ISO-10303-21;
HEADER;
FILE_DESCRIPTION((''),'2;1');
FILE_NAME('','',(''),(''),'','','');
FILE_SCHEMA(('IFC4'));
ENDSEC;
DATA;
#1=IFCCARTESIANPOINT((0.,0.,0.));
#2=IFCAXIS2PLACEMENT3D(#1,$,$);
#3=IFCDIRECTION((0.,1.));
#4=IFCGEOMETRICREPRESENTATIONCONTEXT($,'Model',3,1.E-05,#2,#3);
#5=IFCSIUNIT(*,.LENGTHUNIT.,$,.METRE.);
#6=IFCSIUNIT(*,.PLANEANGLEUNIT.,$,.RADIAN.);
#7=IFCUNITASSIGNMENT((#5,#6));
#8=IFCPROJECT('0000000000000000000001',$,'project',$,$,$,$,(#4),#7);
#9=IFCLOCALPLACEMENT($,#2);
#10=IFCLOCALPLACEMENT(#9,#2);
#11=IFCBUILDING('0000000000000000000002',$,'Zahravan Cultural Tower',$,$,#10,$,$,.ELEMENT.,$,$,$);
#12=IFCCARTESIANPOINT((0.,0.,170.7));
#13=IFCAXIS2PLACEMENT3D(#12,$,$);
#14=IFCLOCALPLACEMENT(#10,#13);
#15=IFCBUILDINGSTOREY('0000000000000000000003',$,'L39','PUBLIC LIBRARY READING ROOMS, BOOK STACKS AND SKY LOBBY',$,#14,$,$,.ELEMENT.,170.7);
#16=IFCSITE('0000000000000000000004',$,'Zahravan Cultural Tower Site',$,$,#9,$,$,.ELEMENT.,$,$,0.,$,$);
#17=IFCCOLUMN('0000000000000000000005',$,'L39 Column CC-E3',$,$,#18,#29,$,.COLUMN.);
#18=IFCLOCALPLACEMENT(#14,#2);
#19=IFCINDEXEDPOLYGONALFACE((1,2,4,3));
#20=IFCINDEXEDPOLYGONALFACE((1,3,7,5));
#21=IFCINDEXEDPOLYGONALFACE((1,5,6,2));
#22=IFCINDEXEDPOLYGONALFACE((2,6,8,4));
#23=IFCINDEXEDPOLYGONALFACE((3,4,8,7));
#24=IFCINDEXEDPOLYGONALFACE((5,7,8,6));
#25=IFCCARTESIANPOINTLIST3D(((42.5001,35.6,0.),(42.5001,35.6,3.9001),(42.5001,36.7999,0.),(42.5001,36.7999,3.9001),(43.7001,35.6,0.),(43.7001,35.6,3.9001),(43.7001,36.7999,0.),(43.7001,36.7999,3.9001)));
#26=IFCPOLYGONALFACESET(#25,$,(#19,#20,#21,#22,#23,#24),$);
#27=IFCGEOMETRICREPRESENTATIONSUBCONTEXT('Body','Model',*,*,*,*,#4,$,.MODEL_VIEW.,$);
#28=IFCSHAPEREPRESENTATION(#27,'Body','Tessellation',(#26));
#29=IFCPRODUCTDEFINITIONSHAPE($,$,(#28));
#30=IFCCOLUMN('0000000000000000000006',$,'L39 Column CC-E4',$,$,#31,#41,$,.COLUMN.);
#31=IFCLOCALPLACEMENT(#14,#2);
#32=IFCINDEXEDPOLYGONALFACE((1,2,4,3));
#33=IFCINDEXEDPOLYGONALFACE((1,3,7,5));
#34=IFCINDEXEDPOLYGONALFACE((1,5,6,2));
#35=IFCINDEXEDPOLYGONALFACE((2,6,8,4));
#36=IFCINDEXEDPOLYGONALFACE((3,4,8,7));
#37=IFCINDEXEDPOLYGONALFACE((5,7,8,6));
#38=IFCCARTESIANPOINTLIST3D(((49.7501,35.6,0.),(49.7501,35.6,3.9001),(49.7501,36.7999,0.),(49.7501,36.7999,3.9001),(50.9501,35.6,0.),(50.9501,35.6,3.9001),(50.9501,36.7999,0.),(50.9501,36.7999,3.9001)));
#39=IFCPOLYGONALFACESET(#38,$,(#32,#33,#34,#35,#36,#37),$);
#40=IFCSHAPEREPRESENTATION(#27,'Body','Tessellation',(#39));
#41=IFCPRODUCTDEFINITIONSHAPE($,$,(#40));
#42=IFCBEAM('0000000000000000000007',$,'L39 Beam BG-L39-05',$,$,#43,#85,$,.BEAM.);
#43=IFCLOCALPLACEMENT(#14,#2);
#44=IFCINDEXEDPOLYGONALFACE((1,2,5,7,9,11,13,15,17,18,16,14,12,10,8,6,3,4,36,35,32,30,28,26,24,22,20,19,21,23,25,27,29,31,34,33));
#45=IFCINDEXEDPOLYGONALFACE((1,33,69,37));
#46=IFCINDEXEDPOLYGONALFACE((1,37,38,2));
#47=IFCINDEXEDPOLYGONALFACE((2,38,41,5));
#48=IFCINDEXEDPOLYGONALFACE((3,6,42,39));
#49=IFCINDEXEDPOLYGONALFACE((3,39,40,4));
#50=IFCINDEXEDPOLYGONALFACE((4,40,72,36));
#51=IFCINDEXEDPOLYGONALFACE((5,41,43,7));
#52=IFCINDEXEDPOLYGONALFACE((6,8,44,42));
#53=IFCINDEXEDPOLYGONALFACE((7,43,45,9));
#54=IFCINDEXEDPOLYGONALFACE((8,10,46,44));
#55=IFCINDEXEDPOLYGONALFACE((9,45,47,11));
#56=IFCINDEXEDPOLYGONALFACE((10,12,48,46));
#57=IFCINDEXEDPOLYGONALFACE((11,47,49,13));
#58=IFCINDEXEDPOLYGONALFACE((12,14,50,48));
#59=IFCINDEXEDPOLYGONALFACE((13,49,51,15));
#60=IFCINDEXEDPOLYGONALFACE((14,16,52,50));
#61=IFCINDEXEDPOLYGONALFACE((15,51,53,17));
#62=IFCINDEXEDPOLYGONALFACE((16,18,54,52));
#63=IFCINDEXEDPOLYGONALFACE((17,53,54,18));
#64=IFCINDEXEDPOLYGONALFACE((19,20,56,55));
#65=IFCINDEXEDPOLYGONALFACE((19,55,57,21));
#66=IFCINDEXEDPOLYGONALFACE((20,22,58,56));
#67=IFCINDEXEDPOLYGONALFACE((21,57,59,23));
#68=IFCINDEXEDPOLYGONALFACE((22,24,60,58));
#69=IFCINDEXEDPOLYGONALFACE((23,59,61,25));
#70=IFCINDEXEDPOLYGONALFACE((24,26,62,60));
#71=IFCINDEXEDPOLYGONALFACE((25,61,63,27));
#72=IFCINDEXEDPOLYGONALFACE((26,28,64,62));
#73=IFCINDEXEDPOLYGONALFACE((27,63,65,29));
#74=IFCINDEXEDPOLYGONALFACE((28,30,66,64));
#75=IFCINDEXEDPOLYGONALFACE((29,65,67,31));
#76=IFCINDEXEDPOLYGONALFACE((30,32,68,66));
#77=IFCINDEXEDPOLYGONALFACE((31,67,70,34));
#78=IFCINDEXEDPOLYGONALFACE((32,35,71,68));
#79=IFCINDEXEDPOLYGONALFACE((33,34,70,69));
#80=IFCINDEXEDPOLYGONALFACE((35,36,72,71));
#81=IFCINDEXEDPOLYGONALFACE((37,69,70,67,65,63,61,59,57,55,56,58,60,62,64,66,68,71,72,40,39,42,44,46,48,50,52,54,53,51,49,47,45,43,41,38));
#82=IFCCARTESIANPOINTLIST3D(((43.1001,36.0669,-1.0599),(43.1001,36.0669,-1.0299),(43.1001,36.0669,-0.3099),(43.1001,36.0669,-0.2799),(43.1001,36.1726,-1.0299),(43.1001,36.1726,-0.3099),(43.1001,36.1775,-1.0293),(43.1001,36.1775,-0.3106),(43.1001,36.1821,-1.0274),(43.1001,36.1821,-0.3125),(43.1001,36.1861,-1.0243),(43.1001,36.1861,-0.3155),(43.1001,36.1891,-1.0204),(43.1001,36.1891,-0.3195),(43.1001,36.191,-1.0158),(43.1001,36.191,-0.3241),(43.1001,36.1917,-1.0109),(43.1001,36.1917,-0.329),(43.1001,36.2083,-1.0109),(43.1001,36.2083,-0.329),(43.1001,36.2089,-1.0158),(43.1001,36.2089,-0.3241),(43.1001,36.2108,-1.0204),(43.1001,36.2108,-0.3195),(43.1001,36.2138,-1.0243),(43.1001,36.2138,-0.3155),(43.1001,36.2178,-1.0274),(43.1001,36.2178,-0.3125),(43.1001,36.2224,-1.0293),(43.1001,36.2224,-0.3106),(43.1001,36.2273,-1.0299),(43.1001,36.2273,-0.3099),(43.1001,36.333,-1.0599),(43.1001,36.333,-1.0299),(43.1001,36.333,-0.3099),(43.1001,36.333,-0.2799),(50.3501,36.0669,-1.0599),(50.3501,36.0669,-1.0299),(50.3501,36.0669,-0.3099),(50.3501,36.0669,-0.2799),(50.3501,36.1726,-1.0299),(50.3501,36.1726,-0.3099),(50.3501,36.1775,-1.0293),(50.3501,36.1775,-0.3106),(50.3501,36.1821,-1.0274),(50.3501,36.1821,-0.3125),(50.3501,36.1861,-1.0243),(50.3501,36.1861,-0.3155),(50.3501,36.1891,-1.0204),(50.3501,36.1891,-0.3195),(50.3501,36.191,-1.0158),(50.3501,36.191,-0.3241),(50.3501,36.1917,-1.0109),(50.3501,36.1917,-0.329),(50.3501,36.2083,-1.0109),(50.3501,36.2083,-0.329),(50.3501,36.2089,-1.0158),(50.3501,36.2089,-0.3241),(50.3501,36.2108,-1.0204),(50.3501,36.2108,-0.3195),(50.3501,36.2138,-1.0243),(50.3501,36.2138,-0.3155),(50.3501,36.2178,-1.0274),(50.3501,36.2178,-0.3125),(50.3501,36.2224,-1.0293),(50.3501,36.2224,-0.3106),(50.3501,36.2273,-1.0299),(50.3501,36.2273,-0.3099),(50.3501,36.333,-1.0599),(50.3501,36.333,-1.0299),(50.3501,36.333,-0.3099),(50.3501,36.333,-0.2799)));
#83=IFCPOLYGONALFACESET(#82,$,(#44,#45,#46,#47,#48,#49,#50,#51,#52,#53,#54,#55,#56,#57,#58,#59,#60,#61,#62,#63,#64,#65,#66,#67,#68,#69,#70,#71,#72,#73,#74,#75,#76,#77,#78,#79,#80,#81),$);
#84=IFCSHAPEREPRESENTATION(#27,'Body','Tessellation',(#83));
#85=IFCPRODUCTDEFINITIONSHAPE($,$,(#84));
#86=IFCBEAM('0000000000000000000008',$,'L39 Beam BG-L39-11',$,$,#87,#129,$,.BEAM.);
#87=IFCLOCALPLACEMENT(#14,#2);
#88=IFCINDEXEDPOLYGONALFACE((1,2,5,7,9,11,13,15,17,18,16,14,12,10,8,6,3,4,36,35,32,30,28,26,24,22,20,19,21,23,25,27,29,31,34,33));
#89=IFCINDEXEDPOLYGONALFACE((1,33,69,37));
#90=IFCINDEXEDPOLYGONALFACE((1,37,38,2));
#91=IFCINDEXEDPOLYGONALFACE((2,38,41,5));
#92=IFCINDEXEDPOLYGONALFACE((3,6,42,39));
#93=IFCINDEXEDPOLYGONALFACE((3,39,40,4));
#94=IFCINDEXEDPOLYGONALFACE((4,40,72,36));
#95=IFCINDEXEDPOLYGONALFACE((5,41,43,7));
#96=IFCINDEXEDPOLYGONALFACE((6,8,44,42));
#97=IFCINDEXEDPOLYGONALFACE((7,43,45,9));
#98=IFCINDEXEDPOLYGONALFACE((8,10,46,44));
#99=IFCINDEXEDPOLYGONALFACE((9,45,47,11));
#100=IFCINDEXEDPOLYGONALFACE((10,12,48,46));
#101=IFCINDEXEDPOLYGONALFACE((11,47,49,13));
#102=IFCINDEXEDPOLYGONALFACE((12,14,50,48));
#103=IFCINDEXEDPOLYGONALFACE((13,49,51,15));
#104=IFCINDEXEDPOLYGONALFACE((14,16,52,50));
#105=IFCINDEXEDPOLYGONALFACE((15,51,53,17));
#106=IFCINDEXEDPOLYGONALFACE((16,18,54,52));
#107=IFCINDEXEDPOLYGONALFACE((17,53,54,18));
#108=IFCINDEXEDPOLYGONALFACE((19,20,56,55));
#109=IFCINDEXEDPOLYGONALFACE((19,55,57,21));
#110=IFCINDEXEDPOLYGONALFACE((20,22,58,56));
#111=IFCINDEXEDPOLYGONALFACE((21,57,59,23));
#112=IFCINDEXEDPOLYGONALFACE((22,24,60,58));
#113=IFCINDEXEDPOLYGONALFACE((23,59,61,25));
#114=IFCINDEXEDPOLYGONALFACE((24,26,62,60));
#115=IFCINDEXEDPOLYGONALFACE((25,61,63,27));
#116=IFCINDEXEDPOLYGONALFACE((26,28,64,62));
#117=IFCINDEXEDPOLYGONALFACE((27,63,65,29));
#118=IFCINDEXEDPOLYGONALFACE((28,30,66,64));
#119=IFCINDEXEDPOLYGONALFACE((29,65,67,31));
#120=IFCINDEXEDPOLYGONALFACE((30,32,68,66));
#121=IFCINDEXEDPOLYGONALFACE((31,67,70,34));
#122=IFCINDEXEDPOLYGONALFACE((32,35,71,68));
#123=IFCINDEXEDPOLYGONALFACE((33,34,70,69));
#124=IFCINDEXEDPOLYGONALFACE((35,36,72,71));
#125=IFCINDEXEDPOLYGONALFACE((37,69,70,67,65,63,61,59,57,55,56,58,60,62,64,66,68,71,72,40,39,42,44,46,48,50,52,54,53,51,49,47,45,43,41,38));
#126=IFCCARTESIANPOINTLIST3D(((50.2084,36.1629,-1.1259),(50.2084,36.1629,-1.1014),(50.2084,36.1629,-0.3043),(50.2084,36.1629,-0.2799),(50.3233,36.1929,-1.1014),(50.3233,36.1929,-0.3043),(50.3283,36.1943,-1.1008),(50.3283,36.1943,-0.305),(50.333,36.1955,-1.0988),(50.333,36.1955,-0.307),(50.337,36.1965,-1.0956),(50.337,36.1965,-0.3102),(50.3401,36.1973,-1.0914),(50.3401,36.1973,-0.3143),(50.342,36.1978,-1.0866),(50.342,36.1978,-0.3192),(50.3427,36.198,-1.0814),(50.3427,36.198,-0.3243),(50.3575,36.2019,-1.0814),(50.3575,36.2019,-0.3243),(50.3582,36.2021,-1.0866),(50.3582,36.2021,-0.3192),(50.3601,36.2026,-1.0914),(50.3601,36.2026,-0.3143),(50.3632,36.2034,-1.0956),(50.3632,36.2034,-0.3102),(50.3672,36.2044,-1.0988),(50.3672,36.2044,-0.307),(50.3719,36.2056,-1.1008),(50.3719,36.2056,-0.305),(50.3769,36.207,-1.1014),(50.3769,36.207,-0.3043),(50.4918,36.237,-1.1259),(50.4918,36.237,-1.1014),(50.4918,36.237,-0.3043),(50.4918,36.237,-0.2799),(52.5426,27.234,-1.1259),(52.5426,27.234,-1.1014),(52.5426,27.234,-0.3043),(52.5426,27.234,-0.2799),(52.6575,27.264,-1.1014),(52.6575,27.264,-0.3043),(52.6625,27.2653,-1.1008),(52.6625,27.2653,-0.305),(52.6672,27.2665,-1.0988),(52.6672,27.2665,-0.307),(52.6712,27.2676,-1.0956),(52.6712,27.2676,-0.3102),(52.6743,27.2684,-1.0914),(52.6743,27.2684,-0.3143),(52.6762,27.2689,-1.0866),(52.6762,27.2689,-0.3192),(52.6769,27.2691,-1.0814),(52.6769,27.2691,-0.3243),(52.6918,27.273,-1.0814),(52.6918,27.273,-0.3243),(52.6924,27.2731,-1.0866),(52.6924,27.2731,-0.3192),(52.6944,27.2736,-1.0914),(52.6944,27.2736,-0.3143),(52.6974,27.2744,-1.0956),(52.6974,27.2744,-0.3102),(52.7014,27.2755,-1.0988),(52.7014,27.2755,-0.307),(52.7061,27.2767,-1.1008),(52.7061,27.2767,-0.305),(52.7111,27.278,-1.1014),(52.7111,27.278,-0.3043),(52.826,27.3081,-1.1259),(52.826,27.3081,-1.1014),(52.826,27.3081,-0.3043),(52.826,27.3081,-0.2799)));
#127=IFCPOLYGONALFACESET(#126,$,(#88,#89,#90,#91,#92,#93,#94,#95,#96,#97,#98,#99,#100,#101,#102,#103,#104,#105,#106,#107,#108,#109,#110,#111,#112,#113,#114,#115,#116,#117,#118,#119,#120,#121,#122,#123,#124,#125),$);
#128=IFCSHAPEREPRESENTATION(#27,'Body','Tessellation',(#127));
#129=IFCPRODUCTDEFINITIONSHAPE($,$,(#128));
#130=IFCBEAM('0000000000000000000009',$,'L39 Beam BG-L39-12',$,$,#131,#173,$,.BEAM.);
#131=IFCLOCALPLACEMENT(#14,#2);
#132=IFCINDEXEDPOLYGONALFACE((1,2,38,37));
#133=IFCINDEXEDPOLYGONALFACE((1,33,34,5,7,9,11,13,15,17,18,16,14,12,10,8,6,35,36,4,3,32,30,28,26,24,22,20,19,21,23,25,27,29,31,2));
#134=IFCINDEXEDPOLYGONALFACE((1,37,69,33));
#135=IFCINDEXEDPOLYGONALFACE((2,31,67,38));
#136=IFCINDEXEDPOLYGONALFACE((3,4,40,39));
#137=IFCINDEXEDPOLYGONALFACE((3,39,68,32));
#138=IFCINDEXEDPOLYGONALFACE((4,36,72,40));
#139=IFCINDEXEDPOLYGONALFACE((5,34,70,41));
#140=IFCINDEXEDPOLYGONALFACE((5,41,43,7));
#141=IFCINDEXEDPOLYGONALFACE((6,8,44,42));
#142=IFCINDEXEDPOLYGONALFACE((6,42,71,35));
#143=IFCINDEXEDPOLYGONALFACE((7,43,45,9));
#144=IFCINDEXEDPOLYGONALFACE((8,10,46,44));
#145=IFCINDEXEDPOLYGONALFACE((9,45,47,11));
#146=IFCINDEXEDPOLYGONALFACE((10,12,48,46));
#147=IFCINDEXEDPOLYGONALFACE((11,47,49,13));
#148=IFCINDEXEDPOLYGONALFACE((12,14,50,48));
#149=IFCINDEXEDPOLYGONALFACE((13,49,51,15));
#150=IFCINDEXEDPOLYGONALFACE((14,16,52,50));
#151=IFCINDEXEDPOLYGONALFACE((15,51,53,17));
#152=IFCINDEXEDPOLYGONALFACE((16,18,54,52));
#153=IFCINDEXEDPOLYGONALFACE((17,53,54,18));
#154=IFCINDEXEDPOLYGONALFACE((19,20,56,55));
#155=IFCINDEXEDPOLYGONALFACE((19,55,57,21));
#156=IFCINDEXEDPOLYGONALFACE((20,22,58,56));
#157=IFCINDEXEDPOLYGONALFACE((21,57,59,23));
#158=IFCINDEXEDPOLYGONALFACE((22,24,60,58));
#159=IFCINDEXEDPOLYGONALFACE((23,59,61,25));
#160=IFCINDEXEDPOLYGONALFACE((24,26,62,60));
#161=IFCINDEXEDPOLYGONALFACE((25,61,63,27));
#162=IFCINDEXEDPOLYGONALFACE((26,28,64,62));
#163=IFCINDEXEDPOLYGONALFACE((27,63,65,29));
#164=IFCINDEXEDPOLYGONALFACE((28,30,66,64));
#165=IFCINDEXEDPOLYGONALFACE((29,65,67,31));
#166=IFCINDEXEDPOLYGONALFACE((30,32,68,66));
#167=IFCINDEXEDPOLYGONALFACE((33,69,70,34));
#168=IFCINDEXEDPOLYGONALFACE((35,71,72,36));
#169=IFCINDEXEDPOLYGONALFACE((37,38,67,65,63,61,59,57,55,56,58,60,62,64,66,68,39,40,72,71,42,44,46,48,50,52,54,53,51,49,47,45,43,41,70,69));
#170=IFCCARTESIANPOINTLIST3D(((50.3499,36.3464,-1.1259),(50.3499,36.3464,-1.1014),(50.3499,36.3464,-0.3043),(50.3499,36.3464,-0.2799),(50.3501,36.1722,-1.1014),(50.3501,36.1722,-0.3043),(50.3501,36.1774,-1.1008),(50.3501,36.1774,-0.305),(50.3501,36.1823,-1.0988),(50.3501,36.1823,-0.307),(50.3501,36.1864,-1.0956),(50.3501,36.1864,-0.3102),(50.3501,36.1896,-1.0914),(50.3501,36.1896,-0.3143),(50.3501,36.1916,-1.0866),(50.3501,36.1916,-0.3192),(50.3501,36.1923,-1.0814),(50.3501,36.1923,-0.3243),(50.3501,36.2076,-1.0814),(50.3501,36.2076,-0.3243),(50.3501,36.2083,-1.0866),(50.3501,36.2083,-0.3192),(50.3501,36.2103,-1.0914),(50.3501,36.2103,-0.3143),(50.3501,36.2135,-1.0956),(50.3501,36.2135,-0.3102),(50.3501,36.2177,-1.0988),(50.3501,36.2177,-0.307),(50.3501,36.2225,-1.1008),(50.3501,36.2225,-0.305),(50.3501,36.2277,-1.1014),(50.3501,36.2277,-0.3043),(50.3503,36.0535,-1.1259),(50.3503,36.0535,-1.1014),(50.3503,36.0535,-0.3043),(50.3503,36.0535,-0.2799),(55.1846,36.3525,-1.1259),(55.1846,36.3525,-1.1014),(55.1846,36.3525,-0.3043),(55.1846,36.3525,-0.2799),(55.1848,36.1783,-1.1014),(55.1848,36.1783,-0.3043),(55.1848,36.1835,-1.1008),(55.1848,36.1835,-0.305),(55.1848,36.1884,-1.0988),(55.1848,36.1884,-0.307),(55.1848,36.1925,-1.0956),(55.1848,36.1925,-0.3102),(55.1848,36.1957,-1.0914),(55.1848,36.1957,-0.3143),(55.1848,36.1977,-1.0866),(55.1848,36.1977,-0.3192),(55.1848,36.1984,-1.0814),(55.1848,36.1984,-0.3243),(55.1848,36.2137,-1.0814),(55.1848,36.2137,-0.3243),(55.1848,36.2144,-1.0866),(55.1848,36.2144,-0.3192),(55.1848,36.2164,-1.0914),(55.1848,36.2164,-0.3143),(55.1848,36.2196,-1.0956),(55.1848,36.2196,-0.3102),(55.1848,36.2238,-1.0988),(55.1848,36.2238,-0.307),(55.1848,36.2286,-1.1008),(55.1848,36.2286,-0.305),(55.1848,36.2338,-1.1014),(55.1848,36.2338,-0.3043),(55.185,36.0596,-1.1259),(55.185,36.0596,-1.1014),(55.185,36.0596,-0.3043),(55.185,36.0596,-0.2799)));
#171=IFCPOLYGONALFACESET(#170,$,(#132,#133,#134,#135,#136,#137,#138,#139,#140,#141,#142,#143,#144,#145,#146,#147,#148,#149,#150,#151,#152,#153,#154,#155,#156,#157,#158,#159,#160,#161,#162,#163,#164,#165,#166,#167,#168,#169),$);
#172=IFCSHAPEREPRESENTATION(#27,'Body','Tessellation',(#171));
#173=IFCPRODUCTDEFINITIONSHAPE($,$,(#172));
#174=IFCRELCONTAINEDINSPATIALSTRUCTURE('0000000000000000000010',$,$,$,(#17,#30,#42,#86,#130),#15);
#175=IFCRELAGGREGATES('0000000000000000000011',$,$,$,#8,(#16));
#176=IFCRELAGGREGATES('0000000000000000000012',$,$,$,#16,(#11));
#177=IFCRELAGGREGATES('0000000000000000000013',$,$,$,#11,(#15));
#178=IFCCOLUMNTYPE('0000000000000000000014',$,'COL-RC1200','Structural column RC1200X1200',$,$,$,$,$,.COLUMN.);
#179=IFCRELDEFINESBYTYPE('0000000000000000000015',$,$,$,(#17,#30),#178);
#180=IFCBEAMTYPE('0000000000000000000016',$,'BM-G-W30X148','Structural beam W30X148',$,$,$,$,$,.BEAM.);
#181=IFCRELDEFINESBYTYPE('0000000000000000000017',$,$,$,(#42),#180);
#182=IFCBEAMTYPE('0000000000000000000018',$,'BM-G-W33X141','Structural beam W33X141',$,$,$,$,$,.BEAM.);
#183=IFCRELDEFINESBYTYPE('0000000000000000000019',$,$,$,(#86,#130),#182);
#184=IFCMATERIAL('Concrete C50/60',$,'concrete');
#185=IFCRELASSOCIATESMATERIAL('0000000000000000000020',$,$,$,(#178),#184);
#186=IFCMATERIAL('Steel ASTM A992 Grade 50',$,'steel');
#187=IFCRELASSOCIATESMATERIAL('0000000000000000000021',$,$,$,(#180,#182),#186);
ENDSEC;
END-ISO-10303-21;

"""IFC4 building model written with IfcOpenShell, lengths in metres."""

from ifc_helpers import new_model, si_unit, direction, frame, origin, origin_2d, place, context, subcontext, project, spatial, rectangle, i_section, extrude, source, transform, mapped, material, material_profile, profile_set, type_object, element, save


model = new_model("IFC4")

# Units and contexts
model_context = context("Model", 3, precision=1e-05, world=origin(), true_north=direction((0.0, 1.0)))
body_context = subcontext(model_context, "Body", "Model", "MODEL_VIEW")
ifc_project = project(units=[si_unit("LENGTHUNIT", "METRE"), si_unit("PLANEANGLEUNIT", "RADIAN")], contexts=[model_context])

# Site, building, storey
site_placement = place(None, origin())
site = spatial("IfcSite", under=ifc_project, at=site_placement, Name="Zahravan Cultural Tower Site", CompositionType="ELEMENT", RefElevation=0.0)
building_placement = place(site_placement, origin())
building = spatial("IfcBuilding", under=site, at=building_placement, Name="Zahravan Cultural Tower", CompositionType="ELEMENT")
storey_placement = place(building_placement, frame((0.0, 0.0, 170.7)))
storey = spatial("IfcBuildingStorey", under=building, at=storey_placement, Name="L39", Description="PUBLIC LIBRARY READING ROOMS, BOOK STACKS AND SKY LOBBY", CompositionType="ELEMENT", Elevation=170.7)

# Columns
ifc_material_1 = material(Name="Concrete C50/60", Category="concrete")
ifc_material_profile_1 = material_profile(ifc_material_1, rectangle(XDim=1.2, YDim=1.2, at=origin_2d()), Name="RC1200X1200")
ifc_profile_set_1 = profile_set([ifc_material_profile_1], Name="Concrete C50/60")
column_type = type_object("IfcColumnType", Name="COL-RC1200", Description="Structural column RC1200X1200", PredefinedType="COLUMN", material=ifc_profile_set_1)
shared_shape_1 = source(origin(), body_context, "Body", "SweptSolid", [
    extrude(rectangle(XDim=1.2, YDim=1.2, at=origin_2d()), origin(), (0.0, 0.0, 1.0), 3.9001),
])
for number, where, z_axis, x_axis, name in (
    (1, (43.1001, 36.2, 0.0), (0.0, 0.0, 1.0), (1.0, 0.0, 0.0), "L39 Column CC-E3"),
    (2, (50.3501, 36.2, 0.0), (0.0, 0.0, 1.0), (1.0, 0.0, 0.0), "L39 Column CC-E4"),
):
    element("IfcColumn", number, at=place(storey_placement, frame(where, z_axis=z_axis, x_axis=x_axis)), inside=storey, type_object=column_type, Name=name, PredefinedType="COLUMN", context=body_context, shape_type="MappedRepresentation", body=[
        mapped(shared_shape_1, transform((0.0, 0.0, 0.0), x_axis=(1.0, 0.0, 0.0), y_axis=(0.0, 1.0, 0.0), z_axis=(0.0, 0.0, 1.0), scale=1.0)),
    ])

# Beams
ifc_material_2 = material(Name="Steel ASTM A992 Grade 50", Category="steel")
ifc_material_profile_2 = material_profile(ifc_material_2, i_section(OverallWidth=0.2661, OverallDepth=0.78, WebThickness=0.0166, FlangeThickness=0.03, FilletRadius=0.019, at=origin_2d()), Name="W30X148")
ifc_profile_set_2 = profile_set([ifc_material_profile_2], Name="Steel ASTM A992 Grade 50")
beam_type_1 = type_object("IfcBeamType", Name="BM-G-W30X148", Description="Structural beam W30X148", PredefinedType="BEAM", material=ifc_profile_set_2)
shared_shape_2 = source(origin(), body_context, "Body", "SweptSolid", [
    extrude(i_section(OverallWidth=0.2661, OverallDepth=0.78, WebThickness=0.0166, FlangeThickness=0.03, FilletRadius=0.019, at=origin_2d()), origin(), (0.0, 0.0, 1.0), 7.25),
])
beam_1_placement = place(storey_placement, frame((43.1001, 36.2, -0.6699), z_axis=(1.0, 0.0, 0.0), x_axis=(0.0, 1.0, 0.0)))
element("IfcBeam", 3, at=beam_1_placement, inside=storey, type_object=beam_type_1, Name="L39 Beam BG-L39-05", PredefinedType="BEAM", context=body_context, shape_type="MappedRepresentation", body=[
    mapped(shared_shape_2, transform((0.0, 0.0, 0.0), x_axis=(1.0, 0.0, 0.0), y_axis=(0.0, 1.0, 0.0), z_axis=(0.0, 0.0, 1.0), scale=1.0)),
])
ifc_material_profile_3 = material_profile(ifc_material_2, i_section(OverallWidth=0.293, OverallDepth=0.8459, WebThickness=0.0154, FlangeThickness=0.0244, FilletRadius=0.02, at=origin_2d()), Name="W33X141")
ifc_profile_set_3 = profile_set([ifc_material_profile_3], Name="Steel ASTM A992 Grade 50")
beam_type_2 = type_object("IfcBeamType", Name="BM-G-W33X141", Description="Structural beam W33X141", PredefinedType="BEAM", material=ifc_profile_set_3)
shared_shape_3 = source(origin(), body_context, "Body", "SweptSolid", [
    extrude(i_section(OverallWidth=0.293, OverallDepth=0.8459, WebThickness=0.0154, FlangeThickness=0.0244, FilletRadius=0.02, at=origin_2d()), origin(), (0.0, 0.0, 1.0), 9.229),
])
beam_2_placement = place(storey_placement, frame((50.3501, 36.2, -0.7029), z_axis=(0.252923, -0.967487, 0.0), x_axis=(0.967487, 0.252923, 0.0)))
element("IfcBeam", 4, at=beam_2_placement, inside=storey, type_object=beam_type_2, Name="L39 Beam BG-L39-11", PredefinedType="BEAM", context=body_context, shape_type="MappedRepresentation", body=[
    mapped(shared_shape_3, transform((0.0, 0.0, 0.0), x_axis=(1.0, 0.0, 0.0), y_axis=(0.0, 1.0, 0.0), z_axis=(0.0, 0.0, 1.0), scale=1.0)),
])
shared_shape_4 = source(origin(), body_context, "Body", "SweptSolid", [
    extrude(i_section(OverallWidth=0.293, OverallDepth=0.8459, WebThickness=0.0154, FlangeThickness=0.0244, FilletRadius=0.02, at=origin_2d()), origin(), (0.0, 0.0, 1.0), 4.8347),
])
beam_3_placement = place(storey_placement, frame((50.3501, 36.2, -0.7029), z_axis=(0.999999, 0.001262, 0.0), x_axis=(-0.001262, 0.999999, 0.0)))
element("IfcBeam", 5, at=beam_3_placement, inside=storey, type_object=beam_type_2, Name="L39 Beam BG-L39-12", PredefinedType="BEAM", context=body_context, shape_type="MappedRepresentation", body=[
    mapped(shared_shape_4, transform((0.0, 0.0, 0.0), x_axis=(1.0, 0.0, 0.0), y_axis=(0.0, 1.0, 0.0), z_axis=(0.0, 0.0, 1.0), scale=1.0)),
])

save(model, "model.ifc")
